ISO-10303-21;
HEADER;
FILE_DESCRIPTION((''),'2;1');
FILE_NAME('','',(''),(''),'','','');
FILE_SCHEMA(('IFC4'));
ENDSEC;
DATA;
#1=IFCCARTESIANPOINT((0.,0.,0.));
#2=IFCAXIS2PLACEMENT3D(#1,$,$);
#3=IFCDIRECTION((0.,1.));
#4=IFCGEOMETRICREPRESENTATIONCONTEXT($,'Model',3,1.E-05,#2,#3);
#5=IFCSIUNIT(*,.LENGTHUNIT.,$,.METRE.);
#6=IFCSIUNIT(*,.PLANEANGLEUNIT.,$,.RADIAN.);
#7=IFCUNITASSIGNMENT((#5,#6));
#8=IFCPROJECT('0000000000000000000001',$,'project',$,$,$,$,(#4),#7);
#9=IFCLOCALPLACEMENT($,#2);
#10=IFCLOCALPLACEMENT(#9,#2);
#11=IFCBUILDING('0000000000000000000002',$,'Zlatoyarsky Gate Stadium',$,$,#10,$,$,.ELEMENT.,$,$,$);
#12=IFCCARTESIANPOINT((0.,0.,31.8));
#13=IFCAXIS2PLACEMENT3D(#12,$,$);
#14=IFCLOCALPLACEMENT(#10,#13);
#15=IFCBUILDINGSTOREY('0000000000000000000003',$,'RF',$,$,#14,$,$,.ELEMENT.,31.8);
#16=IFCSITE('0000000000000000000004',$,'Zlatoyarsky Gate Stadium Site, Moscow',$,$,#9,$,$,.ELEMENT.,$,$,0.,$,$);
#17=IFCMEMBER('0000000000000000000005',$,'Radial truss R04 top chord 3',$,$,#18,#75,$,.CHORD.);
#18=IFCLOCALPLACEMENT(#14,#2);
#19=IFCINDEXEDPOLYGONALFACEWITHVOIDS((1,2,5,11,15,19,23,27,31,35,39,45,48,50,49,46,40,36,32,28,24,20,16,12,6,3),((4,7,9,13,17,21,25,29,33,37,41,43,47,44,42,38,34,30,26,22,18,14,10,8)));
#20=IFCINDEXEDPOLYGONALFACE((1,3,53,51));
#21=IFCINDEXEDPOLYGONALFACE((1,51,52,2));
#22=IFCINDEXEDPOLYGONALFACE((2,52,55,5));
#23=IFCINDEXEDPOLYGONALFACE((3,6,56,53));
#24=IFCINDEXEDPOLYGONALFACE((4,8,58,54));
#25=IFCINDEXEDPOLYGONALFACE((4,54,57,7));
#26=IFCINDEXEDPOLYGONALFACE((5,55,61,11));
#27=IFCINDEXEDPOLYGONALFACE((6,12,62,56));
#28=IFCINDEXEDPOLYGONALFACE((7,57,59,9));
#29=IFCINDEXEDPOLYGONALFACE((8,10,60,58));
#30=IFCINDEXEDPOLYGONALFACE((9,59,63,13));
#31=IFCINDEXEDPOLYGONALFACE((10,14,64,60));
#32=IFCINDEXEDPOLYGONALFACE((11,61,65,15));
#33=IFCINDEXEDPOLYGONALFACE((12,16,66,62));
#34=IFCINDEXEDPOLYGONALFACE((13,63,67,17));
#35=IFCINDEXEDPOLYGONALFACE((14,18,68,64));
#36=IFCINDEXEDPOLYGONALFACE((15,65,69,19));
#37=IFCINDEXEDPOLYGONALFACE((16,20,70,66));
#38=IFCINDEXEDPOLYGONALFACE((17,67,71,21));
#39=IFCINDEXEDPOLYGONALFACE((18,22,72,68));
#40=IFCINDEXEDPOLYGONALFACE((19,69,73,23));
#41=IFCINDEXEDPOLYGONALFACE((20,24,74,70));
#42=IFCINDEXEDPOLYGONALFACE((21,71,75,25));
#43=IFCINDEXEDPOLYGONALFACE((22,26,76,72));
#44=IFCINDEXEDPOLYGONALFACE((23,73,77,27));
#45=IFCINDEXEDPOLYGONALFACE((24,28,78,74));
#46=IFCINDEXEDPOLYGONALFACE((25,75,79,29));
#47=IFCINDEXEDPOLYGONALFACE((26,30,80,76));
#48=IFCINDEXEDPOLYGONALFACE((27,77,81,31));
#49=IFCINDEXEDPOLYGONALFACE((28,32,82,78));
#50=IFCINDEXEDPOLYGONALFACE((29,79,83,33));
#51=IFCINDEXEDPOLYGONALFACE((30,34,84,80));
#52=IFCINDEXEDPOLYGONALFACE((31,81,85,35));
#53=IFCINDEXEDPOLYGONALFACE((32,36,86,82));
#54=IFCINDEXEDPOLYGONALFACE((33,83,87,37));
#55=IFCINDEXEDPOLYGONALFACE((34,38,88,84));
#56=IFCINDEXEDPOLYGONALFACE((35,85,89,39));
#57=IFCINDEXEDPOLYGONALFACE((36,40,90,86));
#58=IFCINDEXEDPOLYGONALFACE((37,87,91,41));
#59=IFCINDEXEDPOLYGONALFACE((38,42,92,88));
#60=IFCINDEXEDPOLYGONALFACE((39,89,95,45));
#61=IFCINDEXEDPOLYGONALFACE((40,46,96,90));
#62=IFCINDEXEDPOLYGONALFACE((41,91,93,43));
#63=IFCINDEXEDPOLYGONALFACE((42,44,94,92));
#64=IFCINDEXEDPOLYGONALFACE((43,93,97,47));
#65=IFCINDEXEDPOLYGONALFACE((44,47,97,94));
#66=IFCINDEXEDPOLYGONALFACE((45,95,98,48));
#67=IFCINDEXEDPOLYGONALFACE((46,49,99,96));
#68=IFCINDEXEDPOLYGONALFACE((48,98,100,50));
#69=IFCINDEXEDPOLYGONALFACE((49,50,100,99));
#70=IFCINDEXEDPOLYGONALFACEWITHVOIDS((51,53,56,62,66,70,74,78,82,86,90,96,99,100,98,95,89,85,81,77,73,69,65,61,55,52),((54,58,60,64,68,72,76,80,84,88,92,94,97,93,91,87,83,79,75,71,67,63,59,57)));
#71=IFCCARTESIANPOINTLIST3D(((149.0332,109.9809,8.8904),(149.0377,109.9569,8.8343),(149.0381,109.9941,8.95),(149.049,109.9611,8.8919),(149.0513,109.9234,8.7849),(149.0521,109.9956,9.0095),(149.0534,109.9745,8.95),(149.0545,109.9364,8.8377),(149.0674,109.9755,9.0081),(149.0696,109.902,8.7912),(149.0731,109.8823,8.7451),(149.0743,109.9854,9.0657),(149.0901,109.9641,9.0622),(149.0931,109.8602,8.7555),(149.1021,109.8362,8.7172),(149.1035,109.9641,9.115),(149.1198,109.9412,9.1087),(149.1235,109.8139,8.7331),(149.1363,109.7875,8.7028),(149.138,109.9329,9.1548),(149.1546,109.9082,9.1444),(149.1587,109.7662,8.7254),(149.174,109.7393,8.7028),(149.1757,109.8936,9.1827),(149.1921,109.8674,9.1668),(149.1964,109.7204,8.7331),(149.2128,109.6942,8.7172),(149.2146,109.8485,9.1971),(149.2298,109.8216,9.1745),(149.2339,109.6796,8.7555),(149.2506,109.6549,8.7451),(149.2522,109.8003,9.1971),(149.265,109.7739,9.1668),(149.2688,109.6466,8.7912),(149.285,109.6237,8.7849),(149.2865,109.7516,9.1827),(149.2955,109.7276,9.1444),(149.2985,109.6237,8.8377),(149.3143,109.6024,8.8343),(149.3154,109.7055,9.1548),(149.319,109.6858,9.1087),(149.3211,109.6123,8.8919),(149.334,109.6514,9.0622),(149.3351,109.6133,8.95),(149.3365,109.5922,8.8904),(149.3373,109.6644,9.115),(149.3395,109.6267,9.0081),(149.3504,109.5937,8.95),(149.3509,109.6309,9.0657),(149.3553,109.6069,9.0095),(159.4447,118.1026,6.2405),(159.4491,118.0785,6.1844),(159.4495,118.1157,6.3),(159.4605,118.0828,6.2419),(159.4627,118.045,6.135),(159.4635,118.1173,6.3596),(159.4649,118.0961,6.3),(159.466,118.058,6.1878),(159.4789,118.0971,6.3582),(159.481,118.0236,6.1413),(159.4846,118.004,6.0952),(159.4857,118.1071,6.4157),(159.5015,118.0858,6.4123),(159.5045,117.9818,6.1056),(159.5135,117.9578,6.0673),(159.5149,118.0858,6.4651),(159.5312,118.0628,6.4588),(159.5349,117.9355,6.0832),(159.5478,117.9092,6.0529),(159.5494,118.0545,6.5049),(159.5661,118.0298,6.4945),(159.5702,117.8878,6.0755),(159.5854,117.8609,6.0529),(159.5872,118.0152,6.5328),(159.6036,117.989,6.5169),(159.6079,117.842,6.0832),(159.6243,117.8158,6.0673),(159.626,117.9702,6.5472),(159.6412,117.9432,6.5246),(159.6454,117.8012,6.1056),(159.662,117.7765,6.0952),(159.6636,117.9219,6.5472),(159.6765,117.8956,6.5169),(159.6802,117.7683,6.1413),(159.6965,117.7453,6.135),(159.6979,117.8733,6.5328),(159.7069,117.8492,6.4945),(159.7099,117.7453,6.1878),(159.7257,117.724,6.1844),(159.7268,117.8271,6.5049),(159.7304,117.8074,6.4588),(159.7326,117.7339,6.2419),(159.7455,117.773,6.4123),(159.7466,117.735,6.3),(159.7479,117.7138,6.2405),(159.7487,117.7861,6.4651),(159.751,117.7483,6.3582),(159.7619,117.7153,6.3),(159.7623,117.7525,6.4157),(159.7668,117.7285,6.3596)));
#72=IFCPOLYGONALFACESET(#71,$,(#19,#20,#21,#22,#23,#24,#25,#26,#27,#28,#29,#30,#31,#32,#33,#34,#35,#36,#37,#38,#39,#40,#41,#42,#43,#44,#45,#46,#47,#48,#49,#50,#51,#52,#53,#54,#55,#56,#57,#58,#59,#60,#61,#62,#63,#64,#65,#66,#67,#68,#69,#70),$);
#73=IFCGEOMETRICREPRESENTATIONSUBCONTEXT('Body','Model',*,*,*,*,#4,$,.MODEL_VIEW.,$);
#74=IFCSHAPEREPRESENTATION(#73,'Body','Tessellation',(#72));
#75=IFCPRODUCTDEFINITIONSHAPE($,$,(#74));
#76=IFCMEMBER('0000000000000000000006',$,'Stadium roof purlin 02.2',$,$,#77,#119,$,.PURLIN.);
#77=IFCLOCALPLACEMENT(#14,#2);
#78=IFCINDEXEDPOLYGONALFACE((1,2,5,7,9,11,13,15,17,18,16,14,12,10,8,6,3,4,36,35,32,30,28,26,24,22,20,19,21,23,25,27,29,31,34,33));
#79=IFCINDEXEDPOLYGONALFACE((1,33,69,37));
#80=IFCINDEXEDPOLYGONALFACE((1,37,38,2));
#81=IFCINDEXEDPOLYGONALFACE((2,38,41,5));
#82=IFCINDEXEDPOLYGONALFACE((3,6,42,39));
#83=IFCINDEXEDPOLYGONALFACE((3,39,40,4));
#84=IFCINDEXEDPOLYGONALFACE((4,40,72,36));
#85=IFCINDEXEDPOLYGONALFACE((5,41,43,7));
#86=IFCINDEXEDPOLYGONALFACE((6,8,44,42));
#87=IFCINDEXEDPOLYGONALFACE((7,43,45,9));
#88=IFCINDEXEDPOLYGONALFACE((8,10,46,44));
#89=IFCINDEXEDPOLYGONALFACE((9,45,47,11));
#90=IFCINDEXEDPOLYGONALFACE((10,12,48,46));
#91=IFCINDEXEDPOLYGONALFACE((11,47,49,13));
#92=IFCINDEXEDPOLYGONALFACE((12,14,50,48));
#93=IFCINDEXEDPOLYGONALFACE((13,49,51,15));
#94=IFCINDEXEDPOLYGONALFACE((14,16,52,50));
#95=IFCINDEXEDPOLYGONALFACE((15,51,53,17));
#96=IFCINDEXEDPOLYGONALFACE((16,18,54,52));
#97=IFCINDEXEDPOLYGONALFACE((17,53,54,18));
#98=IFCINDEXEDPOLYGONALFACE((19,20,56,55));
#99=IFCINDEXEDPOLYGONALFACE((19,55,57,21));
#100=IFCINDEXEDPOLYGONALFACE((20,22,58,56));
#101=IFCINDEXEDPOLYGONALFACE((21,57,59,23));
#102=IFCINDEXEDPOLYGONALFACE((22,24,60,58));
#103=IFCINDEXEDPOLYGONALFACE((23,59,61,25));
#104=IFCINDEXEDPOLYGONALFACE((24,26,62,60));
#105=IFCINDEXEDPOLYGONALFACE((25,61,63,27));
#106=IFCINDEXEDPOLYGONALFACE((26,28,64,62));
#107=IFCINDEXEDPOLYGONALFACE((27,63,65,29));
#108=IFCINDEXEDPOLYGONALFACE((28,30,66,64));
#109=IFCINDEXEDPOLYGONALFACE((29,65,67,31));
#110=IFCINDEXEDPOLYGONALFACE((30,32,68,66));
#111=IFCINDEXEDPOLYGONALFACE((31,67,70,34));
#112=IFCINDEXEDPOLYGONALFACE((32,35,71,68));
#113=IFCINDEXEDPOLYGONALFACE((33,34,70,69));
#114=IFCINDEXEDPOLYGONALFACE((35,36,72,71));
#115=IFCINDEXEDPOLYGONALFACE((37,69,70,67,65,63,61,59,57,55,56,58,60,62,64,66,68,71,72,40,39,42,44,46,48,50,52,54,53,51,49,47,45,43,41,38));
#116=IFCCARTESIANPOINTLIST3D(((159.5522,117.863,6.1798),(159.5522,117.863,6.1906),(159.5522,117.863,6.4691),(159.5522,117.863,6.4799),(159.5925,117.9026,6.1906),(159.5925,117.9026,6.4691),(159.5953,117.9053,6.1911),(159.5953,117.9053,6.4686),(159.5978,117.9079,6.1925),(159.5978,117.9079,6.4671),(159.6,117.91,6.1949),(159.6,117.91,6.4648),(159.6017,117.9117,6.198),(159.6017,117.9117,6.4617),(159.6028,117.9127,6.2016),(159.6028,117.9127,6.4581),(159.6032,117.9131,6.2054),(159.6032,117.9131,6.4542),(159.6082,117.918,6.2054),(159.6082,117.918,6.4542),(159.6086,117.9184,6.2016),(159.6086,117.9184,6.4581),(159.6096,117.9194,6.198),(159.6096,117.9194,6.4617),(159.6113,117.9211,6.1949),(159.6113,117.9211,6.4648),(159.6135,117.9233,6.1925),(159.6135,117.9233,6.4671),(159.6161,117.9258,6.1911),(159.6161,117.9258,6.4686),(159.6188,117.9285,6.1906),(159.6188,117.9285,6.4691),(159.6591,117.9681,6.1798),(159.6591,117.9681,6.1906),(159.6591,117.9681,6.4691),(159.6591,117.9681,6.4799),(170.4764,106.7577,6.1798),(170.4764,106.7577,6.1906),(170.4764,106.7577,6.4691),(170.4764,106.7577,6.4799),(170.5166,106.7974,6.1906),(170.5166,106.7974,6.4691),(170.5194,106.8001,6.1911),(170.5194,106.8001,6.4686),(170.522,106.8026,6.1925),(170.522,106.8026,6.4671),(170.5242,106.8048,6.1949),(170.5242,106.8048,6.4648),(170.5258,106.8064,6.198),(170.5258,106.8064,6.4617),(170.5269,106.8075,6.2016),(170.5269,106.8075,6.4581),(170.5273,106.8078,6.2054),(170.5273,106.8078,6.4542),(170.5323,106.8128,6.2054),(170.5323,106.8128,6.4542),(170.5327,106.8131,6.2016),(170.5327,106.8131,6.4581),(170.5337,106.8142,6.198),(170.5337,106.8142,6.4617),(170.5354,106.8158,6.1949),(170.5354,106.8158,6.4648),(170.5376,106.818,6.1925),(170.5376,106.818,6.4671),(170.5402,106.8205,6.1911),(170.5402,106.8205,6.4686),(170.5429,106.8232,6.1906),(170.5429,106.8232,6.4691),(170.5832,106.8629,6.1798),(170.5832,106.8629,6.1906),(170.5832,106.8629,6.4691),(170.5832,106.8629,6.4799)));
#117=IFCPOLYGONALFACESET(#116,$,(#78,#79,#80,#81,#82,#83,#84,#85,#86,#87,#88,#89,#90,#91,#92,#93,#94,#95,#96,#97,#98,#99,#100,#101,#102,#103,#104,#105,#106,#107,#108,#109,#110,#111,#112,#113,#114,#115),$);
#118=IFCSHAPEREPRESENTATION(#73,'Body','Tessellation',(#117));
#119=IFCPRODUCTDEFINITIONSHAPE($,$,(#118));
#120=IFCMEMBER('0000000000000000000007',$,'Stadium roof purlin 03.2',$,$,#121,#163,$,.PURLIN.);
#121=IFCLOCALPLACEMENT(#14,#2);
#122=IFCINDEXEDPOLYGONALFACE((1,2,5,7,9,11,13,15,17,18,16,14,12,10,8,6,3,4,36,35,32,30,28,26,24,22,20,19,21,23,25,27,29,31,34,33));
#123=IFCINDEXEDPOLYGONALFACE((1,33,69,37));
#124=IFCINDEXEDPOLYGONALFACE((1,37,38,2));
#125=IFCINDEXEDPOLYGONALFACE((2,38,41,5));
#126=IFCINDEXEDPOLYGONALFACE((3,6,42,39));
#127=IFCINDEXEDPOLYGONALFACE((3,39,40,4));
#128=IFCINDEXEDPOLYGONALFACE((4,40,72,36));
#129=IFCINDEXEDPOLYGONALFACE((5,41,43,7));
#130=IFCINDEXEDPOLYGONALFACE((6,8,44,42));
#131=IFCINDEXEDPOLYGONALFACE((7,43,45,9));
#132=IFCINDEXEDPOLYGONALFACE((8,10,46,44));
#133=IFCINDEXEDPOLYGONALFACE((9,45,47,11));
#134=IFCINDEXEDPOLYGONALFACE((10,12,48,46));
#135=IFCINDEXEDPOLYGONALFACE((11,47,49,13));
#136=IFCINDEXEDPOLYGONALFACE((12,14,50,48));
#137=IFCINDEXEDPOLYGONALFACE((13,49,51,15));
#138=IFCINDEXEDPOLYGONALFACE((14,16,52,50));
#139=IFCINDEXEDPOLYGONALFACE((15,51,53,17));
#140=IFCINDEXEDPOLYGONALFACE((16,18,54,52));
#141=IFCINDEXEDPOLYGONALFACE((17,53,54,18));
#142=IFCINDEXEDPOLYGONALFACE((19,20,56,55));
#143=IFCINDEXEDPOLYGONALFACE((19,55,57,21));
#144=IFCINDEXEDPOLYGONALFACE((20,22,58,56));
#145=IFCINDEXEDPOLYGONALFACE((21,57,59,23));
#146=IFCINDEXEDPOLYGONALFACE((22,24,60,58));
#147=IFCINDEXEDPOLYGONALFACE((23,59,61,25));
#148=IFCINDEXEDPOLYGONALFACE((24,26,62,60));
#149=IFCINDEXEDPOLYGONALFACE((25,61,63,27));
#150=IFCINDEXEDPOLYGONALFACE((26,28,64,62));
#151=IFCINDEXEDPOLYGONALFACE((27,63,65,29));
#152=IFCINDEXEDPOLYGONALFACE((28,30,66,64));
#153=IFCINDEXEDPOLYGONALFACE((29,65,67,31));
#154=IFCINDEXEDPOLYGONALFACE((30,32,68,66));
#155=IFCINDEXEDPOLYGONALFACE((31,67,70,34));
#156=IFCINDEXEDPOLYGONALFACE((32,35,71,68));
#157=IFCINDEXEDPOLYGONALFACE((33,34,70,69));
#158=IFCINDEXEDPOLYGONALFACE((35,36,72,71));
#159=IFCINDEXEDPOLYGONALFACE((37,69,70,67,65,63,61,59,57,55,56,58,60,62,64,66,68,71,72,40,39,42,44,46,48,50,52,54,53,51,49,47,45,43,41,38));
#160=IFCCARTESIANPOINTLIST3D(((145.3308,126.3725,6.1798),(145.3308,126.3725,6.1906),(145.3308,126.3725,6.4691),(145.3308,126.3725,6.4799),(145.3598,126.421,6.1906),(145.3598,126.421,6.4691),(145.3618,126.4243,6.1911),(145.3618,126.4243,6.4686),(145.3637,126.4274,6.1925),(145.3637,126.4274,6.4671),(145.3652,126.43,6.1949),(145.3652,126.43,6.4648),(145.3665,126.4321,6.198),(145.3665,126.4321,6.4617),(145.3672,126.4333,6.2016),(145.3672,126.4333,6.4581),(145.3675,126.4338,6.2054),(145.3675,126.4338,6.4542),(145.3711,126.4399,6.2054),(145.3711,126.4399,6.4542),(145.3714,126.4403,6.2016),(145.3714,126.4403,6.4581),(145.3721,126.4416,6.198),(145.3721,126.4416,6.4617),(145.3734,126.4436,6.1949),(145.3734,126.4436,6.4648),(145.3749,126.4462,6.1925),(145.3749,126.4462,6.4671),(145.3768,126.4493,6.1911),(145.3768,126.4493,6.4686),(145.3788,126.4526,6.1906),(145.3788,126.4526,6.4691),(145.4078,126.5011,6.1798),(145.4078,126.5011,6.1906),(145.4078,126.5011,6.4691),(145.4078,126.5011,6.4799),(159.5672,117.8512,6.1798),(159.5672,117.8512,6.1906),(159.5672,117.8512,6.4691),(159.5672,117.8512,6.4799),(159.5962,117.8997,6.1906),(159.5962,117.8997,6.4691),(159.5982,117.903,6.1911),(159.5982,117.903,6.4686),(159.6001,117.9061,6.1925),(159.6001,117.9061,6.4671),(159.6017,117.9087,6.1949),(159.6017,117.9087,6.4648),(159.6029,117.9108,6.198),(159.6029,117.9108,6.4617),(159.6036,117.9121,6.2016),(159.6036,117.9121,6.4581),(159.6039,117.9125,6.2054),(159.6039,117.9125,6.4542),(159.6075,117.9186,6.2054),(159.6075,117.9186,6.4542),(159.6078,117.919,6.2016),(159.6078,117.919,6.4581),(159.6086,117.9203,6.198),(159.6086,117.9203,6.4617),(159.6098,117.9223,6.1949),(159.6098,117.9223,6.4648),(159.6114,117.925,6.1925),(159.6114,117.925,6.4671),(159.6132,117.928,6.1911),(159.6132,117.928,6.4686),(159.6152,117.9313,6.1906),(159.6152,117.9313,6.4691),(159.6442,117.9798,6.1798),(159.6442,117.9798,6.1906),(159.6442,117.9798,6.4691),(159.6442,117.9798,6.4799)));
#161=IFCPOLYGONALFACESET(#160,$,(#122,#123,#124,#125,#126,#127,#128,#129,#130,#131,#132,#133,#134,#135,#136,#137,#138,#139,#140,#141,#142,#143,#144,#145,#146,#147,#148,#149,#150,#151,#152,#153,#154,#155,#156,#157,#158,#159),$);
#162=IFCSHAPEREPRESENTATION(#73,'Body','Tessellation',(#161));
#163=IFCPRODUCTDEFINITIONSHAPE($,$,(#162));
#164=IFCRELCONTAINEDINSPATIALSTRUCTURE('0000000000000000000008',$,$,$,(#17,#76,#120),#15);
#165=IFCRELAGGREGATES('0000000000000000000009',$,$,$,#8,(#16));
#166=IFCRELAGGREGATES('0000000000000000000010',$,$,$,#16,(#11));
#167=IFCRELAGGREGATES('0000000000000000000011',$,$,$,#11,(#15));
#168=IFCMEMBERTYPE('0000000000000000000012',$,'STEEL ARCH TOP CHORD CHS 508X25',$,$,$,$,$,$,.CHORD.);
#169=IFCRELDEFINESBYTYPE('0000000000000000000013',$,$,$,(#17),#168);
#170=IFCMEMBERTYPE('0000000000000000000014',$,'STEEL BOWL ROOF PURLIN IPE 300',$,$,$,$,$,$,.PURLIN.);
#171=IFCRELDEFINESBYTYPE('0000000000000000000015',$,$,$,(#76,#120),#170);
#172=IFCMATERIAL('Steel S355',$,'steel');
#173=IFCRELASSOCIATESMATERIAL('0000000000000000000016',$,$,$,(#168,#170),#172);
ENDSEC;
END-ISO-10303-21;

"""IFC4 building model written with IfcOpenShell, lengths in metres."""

from ifc_helpers import new_model, si_unit, direction, frame, origin, origin_2d, place, context, subcontext, project, spatial, hollow_circle, i_section, extrude, material, material_profile, profile_set, type_object, element, save


model = new_model("IFC4")

# Units and contexts
model_context = context("Model", 3, precision=1e-05, world=origin(), true_north=direction((0.0, 1.0)))
body_context = subcontext(model_context, "Body", "Model", "MODEL_VIEW")
ifc_project = project(units=[si_unit("LENGTHUNIT", "METRE"), si_unit("PLANEANGLEUNIT", "RADIAN")], contexts=[model_context])

# Site, building, storey
site_placement = place(None, origin())
site = spatial("IfcSite", under=ifc_project, at=site_placement, Name="Zlatoyarsky Gate Stadium Site, Moscow", CompositionType="ELEMENT", RefElevation=0.0)
building_placement = place(site_placement, origin())
building = spatial("IfcBuilding", under=site, at=building_placement, Name="Zlatoyarsky Gate Stadium", CompositionType="ELEMENT")
storey_placement = place(building_placement, frame((0.0, 0.0, 31.8)))
storey = spatial("IfcBuildingStorey", under=building, at=storey_placement, Name="RF", CompositionType="ELEMENT", Elevation=31.8)

# Members
ifc_material_1 = material(Name="Steel S355", Category="steel")
ifc_material_profile_1 = material_profile(ifc_material_1, hollow_circle(Radius=0.2539, WallThickness=0.0249, at=origin_2d()), Name="CHS 508X25")
ifc_profile_set_1 = profile_set([ifc_material_profile_1], Name="Steel S355")
member_type_1 = type_object("IfcMemberType", Name="STEEL ARCH TOP CHORD CHS 508X25", PredefinedType="CHORD", material=ifc_profile_set_1)
member_1_placement = place(storey_placement, frame((159.6057, 117.9155, 6.3), z_axis=(-0.773063, -0.603042, 0.19676), x_axis=(0.615065, -0.788476, 0.0)))
element("IfcMember", 1, at=member_1_placement, inside=storey, type_object=member_type_1, Name="Radial truss R04 top chord 3", PredefinedType="CHORD", context=body_context, shape_type="SweptSolid", body=[
    extrude(hollow_circle(Radius=0.2539, WallThickness=0.0249, at=origin_2d()), origin(), (0.0, 0.0, 1.0), 13.4678),
])
ifc_material_profile_2 = material_profile(ifc_material_1, i_section(OverallWidth=0.1499, OverallDepth=0.3, WebThickness=0.0071, FlangeThickness=0.0107, FilletRadius=0.0149, at=origin_2d()), Name="IPE 300")
ifc_profile_set_2 = profile_set([ifc_material_profile_2], Name="Steel S355")
member_type_2 = type_object("IfcMemberType", Name="STEEL BOWL ROOF PURLIN IPE 300", PredefinedType="PURLIN", material=ifc_profile_set_2)
member_2_placement = place(storey_placement, frame((170.5298, 106.8103, 6.3298), z_axis=(-0.701268, 0.712897, 0.0), x_axis=(-0.712897, -0.701268, 0.0)))
element("IfcMember", 2, at=member_2_placement, inside=storey, type_object=member_type_2, Name="Stadium roof purlin 02.2", PredefinedType="PURLIN", context=body_context, shape_type="SweptSolid", body=[
    extrude(i_section(OverallWidth=0.1499, OverallDepth=0.3, WebThickness=0.0071, FlangeThickness=0.0107, FilletRadius=0.0149, at=origin_2d()), origin(), (0.0, 0.0, 1.0), 15.5776),
])
member_3_placement = place(storey_placement, frame((159.6057, 117.9155, 6.3298), z_axis=(-0.858039, 0.513584, 0.0), x_axis=(-0.513584, -0.858039, 0.0)))
element("IfcMember", 3, at=member_3_placement, inside=storey, type_object=member_type_2, Name="Stadium roof purlin 03.2", PredefinedType="PURLIN", context=body_context, shape_type="SweptSolid", body=[
    extrude(i_section(OverallWidth=0.1499, OverallDepth=0.3, WebThickness=0.0071, FlangeThickness=0.0107, FilletRadius=0.0149, at=origin_2d()), origin(), (0.0, 0.0, 1.0), 16.5918),
])

save(model, "model.ifc")
